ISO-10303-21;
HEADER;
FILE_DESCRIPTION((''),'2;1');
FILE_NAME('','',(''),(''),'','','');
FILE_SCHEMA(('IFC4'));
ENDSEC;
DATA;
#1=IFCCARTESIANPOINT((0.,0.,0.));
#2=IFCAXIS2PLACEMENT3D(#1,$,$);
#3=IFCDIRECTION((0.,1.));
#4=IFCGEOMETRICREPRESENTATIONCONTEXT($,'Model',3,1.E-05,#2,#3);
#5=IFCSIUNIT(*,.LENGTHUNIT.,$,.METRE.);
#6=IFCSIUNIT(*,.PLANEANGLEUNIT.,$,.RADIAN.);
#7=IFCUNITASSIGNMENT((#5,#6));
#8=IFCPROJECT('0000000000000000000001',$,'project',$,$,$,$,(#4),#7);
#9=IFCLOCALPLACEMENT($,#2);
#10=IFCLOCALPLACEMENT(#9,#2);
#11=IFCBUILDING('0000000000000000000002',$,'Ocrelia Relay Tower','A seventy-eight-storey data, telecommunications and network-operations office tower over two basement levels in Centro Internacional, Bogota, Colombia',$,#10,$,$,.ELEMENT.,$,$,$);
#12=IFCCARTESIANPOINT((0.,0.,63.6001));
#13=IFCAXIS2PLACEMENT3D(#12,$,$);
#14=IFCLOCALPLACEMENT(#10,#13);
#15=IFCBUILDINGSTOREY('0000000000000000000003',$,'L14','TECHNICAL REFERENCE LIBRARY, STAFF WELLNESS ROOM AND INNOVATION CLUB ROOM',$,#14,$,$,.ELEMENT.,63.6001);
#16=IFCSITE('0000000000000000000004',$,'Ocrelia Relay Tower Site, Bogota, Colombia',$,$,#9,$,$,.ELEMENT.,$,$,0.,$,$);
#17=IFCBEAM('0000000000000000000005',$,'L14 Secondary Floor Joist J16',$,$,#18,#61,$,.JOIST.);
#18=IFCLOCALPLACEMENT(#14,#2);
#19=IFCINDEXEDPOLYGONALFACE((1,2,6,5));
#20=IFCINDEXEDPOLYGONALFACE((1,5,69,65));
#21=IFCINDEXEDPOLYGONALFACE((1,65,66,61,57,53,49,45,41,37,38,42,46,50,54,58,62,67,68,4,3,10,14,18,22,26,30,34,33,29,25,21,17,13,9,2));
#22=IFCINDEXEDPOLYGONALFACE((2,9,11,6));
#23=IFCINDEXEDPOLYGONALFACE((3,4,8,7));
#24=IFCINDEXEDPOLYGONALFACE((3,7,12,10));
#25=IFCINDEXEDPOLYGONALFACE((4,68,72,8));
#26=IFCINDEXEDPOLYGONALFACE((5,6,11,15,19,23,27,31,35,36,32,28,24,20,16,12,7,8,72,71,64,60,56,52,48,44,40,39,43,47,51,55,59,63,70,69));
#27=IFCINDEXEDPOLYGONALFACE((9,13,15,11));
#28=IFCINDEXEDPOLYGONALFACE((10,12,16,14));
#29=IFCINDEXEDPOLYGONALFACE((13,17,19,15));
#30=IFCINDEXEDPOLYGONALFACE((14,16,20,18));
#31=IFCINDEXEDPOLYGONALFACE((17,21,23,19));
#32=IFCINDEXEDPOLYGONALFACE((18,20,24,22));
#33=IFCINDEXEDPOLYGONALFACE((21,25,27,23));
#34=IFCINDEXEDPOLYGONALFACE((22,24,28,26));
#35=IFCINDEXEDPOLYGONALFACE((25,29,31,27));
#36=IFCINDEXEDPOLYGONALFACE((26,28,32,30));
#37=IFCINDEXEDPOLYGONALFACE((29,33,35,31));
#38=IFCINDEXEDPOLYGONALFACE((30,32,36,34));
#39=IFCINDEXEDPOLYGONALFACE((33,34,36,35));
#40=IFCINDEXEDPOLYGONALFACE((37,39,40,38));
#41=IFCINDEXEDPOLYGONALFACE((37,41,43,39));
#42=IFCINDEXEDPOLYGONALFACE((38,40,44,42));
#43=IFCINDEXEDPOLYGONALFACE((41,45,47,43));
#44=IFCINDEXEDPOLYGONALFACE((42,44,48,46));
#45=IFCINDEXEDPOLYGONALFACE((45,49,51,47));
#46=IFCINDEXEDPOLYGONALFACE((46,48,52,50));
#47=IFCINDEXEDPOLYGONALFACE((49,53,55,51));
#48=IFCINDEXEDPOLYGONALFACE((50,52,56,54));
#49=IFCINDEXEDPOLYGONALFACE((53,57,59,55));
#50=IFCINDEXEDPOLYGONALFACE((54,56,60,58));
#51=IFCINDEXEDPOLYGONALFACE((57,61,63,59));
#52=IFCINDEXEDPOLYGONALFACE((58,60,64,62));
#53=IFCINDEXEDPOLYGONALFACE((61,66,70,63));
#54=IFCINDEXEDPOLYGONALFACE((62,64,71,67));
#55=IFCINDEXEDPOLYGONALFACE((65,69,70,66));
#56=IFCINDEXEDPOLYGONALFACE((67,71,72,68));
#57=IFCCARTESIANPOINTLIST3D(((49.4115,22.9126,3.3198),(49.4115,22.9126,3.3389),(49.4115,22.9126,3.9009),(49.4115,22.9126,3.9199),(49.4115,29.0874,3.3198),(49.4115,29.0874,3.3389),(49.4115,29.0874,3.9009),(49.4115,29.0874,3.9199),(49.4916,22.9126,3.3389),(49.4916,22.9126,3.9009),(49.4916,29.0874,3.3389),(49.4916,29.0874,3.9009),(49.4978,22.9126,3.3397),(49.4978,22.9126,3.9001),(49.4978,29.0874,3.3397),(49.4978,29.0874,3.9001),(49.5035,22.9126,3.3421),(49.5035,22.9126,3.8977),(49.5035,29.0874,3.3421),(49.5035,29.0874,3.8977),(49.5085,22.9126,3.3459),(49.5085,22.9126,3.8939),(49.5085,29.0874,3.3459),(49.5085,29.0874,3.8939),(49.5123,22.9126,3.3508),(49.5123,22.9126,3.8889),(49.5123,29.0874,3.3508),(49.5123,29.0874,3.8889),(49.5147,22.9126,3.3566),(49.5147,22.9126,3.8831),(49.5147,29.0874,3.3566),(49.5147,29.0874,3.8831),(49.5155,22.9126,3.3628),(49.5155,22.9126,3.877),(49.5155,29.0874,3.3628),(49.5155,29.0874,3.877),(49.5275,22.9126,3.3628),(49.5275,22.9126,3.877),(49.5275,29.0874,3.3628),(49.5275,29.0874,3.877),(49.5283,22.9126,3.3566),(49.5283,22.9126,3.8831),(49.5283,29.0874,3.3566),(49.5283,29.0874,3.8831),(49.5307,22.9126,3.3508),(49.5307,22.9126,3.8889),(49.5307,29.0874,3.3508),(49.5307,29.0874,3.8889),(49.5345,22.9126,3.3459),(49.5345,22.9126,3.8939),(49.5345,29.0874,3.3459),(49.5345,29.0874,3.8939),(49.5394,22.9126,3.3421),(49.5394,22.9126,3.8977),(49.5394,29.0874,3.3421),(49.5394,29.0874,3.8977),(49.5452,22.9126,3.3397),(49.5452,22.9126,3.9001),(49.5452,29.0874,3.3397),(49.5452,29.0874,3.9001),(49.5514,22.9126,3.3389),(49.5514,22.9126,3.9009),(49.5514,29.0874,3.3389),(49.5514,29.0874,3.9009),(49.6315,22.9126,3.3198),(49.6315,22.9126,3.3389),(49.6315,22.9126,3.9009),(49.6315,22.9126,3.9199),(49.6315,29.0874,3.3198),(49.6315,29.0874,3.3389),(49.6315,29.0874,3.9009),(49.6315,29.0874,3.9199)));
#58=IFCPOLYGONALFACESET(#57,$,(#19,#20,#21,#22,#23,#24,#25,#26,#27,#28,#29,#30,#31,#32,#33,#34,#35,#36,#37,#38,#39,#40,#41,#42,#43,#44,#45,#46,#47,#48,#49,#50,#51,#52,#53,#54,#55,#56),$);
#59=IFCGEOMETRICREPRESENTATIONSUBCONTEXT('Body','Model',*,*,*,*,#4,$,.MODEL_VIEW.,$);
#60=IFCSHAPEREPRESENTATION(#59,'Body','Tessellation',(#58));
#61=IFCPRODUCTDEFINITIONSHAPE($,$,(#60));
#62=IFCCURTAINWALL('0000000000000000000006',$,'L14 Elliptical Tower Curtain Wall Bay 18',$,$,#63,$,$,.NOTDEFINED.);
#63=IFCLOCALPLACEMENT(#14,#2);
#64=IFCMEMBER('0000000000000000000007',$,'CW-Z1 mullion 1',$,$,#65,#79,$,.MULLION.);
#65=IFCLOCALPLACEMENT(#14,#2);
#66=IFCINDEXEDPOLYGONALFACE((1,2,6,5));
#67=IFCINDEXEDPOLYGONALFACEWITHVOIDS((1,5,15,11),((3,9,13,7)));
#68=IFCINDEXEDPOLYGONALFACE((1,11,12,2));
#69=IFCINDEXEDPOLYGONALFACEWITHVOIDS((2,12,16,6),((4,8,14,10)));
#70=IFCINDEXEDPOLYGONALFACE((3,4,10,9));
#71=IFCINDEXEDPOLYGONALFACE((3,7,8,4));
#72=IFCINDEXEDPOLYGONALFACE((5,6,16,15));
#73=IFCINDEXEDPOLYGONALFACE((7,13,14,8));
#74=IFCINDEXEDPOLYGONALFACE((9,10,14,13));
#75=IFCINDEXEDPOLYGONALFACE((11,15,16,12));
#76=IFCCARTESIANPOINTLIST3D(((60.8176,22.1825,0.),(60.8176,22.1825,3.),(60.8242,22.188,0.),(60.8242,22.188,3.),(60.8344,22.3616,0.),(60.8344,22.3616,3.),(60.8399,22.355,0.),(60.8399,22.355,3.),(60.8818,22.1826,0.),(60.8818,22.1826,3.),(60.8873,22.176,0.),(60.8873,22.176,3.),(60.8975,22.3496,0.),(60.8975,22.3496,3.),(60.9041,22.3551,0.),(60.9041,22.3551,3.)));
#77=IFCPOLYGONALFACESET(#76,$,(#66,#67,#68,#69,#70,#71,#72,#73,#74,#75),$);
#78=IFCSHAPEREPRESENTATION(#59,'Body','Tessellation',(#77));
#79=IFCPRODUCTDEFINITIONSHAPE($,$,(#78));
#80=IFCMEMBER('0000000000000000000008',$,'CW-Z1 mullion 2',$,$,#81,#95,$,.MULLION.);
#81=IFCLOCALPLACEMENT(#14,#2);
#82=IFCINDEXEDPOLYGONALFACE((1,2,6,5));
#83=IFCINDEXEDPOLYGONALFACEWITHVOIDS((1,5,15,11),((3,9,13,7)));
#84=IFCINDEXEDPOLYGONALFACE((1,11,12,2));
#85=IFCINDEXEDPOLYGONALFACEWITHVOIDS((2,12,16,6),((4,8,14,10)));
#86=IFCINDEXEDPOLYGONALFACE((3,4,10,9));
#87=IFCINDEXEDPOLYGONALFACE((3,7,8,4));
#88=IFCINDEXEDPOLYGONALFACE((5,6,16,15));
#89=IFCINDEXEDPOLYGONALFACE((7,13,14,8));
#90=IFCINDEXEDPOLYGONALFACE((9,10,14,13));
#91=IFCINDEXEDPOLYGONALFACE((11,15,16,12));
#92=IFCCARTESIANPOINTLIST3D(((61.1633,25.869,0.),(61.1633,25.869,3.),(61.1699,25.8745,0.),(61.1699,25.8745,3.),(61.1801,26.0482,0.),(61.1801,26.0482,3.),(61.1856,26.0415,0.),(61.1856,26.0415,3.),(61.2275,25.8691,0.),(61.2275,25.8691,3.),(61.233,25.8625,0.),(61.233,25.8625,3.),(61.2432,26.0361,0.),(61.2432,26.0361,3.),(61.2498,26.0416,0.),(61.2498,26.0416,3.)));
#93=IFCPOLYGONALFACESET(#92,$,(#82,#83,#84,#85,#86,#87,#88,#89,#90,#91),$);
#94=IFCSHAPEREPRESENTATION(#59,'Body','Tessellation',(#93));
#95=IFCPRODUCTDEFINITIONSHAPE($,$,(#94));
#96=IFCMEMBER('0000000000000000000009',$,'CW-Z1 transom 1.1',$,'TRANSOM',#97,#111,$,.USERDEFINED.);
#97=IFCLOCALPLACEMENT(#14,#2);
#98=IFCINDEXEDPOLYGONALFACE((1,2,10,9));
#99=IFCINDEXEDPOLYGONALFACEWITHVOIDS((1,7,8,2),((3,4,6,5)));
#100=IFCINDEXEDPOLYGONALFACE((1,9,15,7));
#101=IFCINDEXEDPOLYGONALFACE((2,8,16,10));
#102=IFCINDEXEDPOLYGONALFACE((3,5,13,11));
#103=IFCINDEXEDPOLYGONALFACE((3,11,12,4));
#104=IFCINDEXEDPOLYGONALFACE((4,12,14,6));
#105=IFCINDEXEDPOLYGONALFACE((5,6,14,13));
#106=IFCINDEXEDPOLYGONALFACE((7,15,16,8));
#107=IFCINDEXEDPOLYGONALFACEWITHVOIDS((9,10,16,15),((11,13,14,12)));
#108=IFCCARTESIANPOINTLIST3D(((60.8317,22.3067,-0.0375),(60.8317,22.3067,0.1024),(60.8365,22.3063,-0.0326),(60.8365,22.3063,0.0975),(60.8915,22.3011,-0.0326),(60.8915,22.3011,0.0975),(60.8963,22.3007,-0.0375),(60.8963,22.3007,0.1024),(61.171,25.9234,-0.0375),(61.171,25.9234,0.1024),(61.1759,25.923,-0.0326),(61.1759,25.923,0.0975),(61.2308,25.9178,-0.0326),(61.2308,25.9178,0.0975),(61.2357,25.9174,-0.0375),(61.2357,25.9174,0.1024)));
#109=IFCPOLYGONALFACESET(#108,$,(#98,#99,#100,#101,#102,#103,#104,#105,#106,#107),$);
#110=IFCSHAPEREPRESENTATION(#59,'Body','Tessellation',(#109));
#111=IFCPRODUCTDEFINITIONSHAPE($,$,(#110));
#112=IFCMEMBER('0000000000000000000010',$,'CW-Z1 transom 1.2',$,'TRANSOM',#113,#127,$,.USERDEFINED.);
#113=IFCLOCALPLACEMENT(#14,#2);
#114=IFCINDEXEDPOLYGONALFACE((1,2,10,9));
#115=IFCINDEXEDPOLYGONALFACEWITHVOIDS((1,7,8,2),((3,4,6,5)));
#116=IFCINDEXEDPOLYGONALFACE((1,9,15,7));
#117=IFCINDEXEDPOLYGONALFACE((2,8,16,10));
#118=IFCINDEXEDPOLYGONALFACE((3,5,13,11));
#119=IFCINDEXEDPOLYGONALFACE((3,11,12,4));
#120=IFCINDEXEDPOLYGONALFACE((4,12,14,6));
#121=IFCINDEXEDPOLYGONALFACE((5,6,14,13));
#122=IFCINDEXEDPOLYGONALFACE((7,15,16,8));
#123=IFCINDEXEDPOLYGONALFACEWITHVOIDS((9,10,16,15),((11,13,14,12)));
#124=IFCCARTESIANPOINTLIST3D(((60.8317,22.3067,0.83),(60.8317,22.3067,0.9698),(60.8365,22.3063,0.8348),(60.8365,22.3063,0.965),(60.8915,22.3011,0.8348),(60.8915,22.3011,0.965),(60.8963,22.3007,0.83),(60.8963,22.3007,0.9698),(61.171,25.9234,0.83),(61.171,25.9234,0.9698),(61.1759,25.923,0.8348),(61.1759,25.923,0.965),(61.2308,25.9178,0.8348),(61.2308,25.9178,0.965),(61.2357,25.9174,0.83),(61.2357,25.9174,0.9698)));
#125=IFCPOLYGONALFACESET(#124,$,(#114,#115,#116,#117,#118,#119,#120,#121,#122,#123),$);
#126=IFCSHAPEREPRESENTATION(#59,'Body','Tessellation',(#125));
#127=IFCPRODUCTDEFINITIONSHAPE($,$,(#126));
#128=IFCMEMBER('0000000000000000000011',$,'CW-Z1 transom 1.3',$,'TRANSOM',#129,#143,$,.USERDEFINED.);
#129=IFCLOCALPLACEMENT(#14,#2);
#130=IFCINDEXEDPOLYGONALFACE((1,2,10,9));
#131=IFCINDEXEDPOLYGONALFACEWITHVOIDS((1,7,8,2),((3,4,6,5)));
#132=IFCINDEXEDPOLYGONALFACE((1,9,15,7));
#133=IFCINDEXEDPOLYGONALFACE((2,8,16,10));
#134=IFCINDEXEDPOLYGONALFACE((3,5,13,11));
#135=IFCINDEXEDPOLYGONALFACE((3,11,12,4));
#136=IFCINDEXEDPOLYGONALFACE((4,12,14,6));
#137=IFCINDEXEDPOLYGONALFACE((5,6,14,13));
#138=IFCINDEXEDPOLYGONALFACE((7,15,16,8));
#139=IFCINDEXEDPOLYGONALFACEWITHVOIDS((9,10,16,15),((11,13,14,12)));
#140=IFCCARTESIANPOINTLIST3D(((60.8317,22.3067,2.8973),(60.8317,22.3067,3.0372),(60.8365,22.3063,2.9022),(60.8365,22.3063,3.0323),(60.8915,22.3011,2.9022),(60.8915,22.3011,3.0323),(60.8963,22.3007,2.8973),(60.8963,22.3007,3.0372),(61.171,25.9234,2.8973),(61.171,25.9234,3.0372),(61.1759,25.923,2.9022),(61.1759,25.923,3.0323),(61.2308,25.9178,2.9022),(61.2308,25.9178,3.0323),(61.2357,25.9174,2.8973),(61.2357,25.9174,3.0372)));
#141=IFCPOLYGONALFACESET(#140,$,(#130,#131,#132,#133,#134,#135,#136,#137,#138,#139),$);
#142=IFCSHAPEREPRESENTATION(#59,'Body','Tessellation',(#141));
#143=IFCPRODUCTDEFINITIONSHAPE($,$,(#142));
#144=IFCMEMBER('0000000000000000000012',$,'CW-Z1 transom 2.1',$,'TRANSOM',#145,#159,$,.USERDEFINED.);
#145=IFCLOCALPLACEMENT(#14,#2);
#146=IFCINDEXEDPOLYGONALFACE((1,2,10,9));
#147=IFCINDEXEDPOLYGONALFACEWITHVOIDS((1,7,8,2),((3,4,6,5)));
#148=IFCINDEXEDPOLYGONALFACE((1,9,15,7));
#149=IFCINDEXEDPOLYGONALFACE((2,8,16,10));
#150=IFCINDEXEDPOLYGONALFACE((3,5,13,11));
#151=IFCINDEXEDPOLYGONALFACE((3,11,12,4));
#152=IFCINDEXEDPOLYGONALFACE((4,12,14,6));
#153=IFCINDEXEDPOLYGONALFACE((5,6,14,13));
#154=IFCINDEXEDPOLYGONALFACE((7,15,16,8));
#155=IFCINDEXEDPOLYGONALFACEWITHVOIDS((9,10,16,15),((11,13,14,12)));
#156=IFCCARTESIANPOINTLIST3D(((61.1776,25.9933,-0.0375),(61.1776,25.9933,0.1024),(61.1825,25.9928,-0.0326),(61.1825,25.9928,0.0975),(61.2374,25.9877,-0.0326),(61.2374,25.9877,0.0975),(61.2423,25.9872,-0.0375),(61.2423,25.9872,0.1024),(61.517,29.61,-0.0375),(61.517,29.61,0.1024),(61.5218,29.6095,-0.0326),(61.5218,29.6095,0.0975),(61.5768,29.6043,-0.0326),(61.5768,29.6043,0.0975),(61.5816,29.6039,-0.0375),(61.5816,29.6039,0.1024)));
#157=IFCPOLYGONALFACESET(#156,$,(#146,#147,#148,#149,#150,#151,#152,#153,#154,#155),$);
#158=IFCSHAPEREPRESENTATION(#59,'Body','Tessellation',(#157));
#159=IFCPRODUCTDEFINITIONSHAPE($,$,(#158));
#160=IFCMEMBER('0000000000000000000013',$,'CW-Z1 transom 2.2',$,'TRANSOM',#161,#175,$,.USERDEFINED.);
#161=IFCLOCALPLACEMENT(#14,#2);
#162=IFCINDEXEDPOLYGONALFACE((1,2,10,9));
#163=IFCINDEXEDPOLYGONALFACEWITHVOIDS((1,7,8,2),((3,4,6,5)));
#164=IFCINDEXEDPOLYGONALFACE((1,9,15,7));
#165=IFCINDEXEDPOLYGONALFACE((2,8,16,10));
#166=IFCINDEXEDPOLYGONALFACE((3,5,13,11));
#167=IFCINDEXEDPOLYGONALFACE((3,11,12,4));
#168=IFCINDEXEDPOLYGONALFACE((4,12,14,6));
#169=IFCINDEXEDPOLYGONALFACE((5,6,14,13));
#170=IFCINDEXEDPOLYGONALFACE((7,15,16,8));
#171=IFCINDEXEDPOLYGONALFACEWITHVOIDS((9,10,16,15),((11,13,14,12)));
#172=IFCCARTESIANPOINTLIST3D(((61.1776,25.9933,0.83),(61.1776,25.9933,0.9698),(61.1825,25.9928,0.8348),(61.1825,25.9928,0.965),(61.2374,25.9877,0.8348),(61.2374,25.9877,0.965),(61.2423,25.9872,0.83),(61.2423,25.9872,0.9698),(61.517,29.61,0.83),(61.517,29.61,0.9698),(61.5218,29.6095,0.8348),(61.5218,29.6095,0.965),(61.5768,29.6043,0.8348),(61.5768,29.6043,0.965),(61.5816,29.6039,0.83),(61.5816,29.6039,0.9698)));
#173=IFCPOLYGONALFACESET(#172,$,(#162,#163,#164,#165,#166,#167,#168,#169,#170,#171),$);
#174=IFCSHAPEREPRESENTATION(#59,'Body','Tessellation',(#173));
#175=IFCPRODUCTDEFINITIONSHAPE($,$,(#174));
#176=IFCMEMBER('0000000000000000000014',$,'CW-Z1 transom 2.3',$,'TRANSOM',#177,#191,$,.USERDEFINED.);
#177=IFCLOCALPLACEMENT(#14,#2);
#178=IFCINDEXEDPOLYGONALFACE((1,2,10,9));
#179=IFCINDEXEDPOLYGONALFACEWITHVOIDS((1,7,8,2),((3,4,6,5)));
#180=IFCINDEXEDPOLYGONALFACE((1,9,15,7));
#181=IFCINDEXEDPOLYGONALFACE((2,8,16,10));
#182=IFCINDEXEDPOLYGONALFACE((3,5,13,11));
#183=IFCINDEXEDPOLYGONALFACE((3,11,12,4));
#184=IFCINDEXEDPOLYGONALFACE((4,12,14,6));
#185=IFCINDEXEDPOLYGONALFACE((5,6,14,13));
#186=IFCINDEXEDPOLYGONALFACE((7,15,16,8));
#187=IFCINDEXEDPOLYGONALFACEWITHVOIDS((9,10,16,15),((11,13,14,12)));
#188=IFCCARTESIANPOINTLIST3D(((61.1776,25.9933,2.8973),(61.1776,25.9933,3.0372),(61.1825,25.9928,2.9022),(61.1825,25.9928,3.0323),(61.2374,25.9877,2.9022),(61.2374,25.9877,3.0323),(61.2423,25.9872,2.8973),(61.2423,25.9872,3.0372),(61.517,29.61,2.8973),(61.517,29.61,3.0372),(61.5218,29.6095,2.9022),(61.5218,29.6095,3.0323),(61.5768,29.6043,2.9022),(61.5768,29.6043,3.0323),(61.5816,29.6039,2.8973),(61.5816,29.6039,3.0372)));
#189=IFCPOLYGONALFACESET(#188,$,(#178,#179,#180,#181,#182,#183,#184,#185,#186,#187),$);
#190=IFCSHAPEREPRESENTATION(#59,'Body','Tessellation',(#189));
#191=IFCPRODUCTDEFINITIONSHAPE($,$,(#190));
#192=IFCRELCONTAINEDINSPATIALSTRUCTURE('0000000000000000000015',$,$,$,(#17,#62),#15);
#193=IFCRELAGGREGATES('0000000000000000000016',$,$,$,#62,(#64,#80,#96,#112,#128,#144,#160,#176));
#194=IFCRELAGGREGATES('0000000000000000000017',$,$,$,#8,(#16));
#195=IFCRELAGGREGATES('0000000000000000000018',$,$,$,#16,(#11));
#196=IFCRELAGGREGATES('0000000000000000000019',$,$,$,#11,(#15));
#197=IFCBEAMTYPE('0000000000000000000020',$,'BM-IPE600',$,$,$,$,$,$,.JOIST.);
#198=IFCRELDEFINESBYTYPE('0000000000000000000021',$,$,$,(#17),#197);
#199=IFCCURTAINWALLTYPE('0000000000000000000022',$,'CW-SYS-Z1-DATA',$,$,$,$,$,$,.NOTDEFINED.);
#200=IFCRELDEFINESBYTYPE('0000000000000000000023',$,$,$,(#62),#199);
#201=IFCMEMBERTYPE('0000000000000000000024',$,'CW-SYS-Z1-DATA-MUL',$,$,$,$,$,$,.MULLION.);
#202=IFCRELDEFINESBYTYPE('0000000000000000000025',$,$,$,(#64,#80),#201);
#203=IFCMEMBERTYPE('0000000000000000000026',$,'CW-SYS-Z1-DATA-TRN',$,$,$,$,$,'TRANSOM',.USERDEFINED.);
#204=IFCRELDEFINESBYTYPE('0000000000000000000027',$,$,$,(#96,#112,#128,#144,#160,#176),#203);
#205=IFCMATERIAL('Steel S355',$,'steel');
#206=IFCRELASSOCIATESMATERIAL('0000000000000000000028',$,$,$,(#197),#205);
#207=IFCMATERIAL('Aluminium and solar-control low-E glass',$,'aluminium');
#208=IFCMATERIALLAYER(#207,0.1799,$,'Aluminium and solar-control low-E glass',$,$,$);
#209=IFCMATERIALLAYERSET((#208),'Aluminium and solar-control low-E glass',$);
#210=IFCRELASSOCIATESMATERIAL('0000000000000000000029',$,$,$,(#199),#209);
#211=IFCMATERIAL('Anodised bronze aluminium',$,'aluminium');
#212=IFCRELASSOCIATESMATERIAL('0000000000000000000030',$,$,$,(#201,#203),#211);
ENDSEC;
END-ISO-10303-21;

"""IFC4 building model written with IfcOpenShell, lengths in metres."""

from ifc_helpers import new_model, si_unit, direction, frame, origin, origin_2d, place, context, subcontext, project, spatial, hollow_rectangle, i_section, extrude, material, layer, layer_set, material_profile, profile_set, type_object, element, aggregate, save


model = new_model("IFC4")

# Units and contexts
model_context = context("Model", 3, precision=1e-05, world=origin(), true_north=direction((0.0, 1.0)))
body_context = subcontext(model_context, "Body", "Model", "MODEL_VIEW")
ifc_project = project(units=[si_unit("LENGTHUNIT", "METRE"), si_unit("PLANEANGLEUNIT", "RADIAN")], contexts=[model_context])

# Site, building, storey
site_placement = place(None, origin())
site = spatial("IfcSite", under=ifc_project, at=site_placement, Name="Ocrelia Relay Tower Site, Bogota, Colombia", CompositionType="ELEMENT", RefElevation=0.0)
building_placement = place(site_placement, origin())
building = spatial("IfcBuilding", under=site, at=building_placement, Name="Ocrelia Relay Tower", Description="A seventy-eight-storey data, telecommunications and network-operations office tower over two basement levels in Centro Internacional, Bogota, Colombia", CompositionType="ELEMENT")
storey_placement = place(building_placement, frame((0.0, 0.0, 63.6001)))
storey = spatial("IfcBuildingStorey", under=building, at=storey_placement, Name="L14", Description="TECHNICAL REFERENCE LIBRARY, STAFF WELLNESS ROOM AND INNOVATION CLUB ROOM", CompositionType="ELEMENT", Elevation=63.6001)

# Beam
ifc_material_1 = material(Name="Steel S355", Category="steel")
ifc_material_profile_1 = material_profile(ifc_material_1, i_section(OverallWidth=0.22, OverallDepth=0.6001, WebThickness=0.012, FlangeThickness=0.019, FilletRadius=0.0239, at=origin_2d()), Name="IPE 600")
ifc_profile_set_1 = profile_set([ifc_material_profile_1], Name="Steel S355")
beam_type_1 = type_object("IfcBeamType", Name="BM-IPE600", PredefinedType="JOIST", material=ifc_profile_set_1)
beam_1_placement = place(storey_placement, frame((49.5215, 22.9126, 3.6199), z_axis=(0.0, 1.0, 0.0), x_axis=(-1.0, 0.0, 0.0)))
element("IfcBeam", 1, at=beam_1_placement, inside=storey, type_object=beam_type_1, Name="L14 Secondary Floor Joist J16", PredefinedType="JOIST", context=body_context, shape_type="SweptSolid", body=[
    extrude(i_section(OverallWidth=0.22, OverallDepth=0.6001, WebThickness=0.012, FlangeThickness=0.019, FilletRadius=0.0239, at=origin_2d()), origin(), (0.0, 0.0, 1.0), 6.1748),
])

# Curtain wall, members
ifc_material_2 = material(Name="Aluminium and solar-control low-E glass", Category="aluminium")
ifc_layer_1 = layer(ifc_material_2, 0.1799, Name="Aluminium and solar-control low-E glass")
ifc_layer_set_1 = layer_set([ifc_layer_1], Name="Aluminium and solar-control low-E glass")
curtain_wall_type = type_object("IfcCurtainWallType", Name="CW-SYS-Z1-DATA", PredefinedType="NOTDEFINED", material=ifc_layer_set_1)
curtain_wall_placement = place(storey_placement, origin())
curtain_wall = element("IfcCurtainWall", 2, at=curtain_wall_placement, inside=storey, type_object=curtain_wall_type, Name="L14 Elliptical Tower Curtain Wall Bay 18", PredefinedType="NOTDEFINED")
ifc_material_3 = material(Name="Anodised bronze aluminium", Category="aluminium")
ifc_material_profile_2 = material_profile(ifc_material_3, hollow_rectangle(XDim=0.0701, YDim=0.1799, WallThickness=0.0061, at=origin_2d()), Name="CW-MUL-180x70")
ifc_profile_set_2 = profile_set([ifc_material_profile_2], Name="Anodised bronze aluminium")
member_type_1 = type_object("IfcMemberType", Name="CW-SYS-Z1-DATA-MUL", PredefinedType="MULLION", material=ifc_profile_set_2)
member_1_placement = place(storey_placement, frame((60.8608, 22.2688, 0.0), z_axis=(0.0, 0.0, 1.0), x_axis=(-0.995627, 0.093413, 0.0)))
member_1 = element("IfcMember", 3, at=member_1_placement, type_object=member_type_1, Name="CW-Z1 mullion 1", PredefinedType="MULLION", context=body_context, shape_type="SweptSolid", body=[
    extrude(hollow_rectangle(XDim=0.0701, YDim=0.1799, WallThickness=0.0061, at=origin_2d()), origin(), (0.0, 0.0, 1.0), 3.0),
])
member_2_placement = place(storey_placement, frame((61.2065, 25.9553, 0.0), z_axis=(0.0, 0.0, 1.0), x_axis=(-0.995627, 0.093413, 0.0)))
member_2 = element("IfcMember", 4, at=member_2_placement, type_object=member_type_1, Name="CW-Z1 mullion 2", PredefinedType="MULLION", context=body_context, shape_type="SweptSolid", body=[
    extrude(hollow_rectangle(XDim=0.0701, YDim=0.1799, WallThickness=0.0061, at=origin_2d()), origin(), (0.0, 0.0, 1.0), 3.0),
])
ifc_material_profile_3 = material_profile(ifc_material_3, hollow_rectangle(XDim=0.0649, YDim=0.1399, WallThickness=0.0049, at=origin_2d()), Name="CW-TRN-140x65")
ifc_profile_set_3 = profile_set([ifc_material_profile_3], Name="Anodised bronze aluminium")
member_type_2 = type_object("IfcMemberType", Name="CW-SYS-Z1-DATA-TRN", ElementType="TRANSOM", PredefinedType="USERDEFINED", material=ifc_profile_set_3)
member_3_placement = place(storey_placement, frame((60.864, 22.3037, 0.0325), z_axis=(0.09342, 0.995627, 0.0), x_axis=(-0.995627, 0.09342, 0.0)))
member_3 = element("IfcMember", 5, at=member_3_placement, type_object=member_type_2, Name="CW-Z1 transom 1.1", ObjectType="TRANSOM", PredefinedType="USERDEFINED", context=body_context, shape_type="SweptSolid", body=[
    extrude(hollow_rectangle(XDim=0.0649, YDim=0.1399, WallThickness=0.0049, at=origin_2d()), origin(), (0.0, 0.0, 1.0), 3.6326),
])
member_4_placement = place(storey_placement, frame((60.864, 22.3037, 0.8999), z_axis=(0.09342, 0.995627, 0.0), x_axis=(-0.995627, 0.09342, 0.0)))
member_4 = element("IfcMember", 6, at=member_4_placement, type_object=member_type_2, Name="CW-Z1 transom 1.2", ObjectType="TRANSOM", PredefinedType="USERDEFINED", context=body_context, shape_type="SweptSolid", body=[
    extrude(hollow_rectangle(XDim=0.0649, YDim=0.1399, WallThickness=0.0049, at=origin_2d()), origin(), (0.0, 0.0, 1.0), 3.6326),
])
member_5_placement = place(storey_placement, frame((60.864, 22.3037, 2.9673), z_axis=(0.09342, 0.995627, 0.0), x_axis=(-0.995627, 0.09342, 0.0)))
member_5 = element("IfcMember", 7, at=member_5_placement, type_object=member_type_2, Name="CW-Z1 transom 1.3", ObjectType="TRANSOM", PredefinedType="USERDEFINED", context=body_context, shape_type="SweptSolid", body=[
    extrude(hollow_rectangle(XDim=0.0649, YDim=0.1399, WallThickness=0.0049, at=origin_2d()), origin(), (0.0, 0.0, 1.0), 3.6326),
])
member_6_placement = place(storey_placement, frame((61.21, 25.9902, 0.0325), z_axis=(0.09342, 0.995627, 0.0), x_axis=(-0.995627, 0.09342, 0.0)))
member_6 = element("IfcMember", 8, at=member_6_placement, type_object=member_type_2, Name="CW-Z1 transom 2.1", ObjectType="TRANSOM", PredefinedType="USERDEFINED", context=body_context, shape_type="SweptSolid", body=[
    extrude(hollow_rectangle(XDim=0.0649, YDim=0.1399, WallThickness=0.0049, at=origin_2d()), origin(), (0.0, 0.0, 1.0), 3.6326),
])
member_7_placement = place(storey_placement, frame((61.21, 25.9902, 0.8999), z_axis=(0.09342, 0.995627, 0.0), x_axis=(-0.995627, 0.09342, 0.0)))
member_7 = element("IfcMember", 9, at=member_7_placement, type_object=member_type_2, Name="CW-Z1 transom 2.2", ObjectType="TRANSOM", PredefinedType="USERDEFINED", context=body_context, shape_type="SweptSolid", body=[
    extrude(hollow_rectangle(XDim=0.0649, YDim=0.1399, WallThickness=0.0049, at=origin_2d()), origin(), (0.0, 0.0, 1.0), 3.6326),
])
member_8_placement = place(storey_placement, frame((61.21, 25.9902, 2.9673), z_axis=(0.09342, 0.995627, 0.0), x_axis=(-0.995627, 0.09342, 0.0)))
member_8 = element("IfcMember", 10, at=member_8_placement, type_object=member_type_2, Name="CW-Z1 transom 2.3", ObjectType="TRANSOM", PredefinedType="USERDEFINED", context=body_context, shape_type="SweptSolid", body=[
    extrude(hollow_rectangle(XDim=0.0649, YDim=0.1399, WallThickness=0.0049, at=origin_2d()), origin(), (0.0, 0.0, 1.0), 3.6326),
])
aggregate(curtain_wall, [member_1, member_2, member_3, member_4, member_5, member_6, member_7, member_8])

save(model, "model.ifc")
